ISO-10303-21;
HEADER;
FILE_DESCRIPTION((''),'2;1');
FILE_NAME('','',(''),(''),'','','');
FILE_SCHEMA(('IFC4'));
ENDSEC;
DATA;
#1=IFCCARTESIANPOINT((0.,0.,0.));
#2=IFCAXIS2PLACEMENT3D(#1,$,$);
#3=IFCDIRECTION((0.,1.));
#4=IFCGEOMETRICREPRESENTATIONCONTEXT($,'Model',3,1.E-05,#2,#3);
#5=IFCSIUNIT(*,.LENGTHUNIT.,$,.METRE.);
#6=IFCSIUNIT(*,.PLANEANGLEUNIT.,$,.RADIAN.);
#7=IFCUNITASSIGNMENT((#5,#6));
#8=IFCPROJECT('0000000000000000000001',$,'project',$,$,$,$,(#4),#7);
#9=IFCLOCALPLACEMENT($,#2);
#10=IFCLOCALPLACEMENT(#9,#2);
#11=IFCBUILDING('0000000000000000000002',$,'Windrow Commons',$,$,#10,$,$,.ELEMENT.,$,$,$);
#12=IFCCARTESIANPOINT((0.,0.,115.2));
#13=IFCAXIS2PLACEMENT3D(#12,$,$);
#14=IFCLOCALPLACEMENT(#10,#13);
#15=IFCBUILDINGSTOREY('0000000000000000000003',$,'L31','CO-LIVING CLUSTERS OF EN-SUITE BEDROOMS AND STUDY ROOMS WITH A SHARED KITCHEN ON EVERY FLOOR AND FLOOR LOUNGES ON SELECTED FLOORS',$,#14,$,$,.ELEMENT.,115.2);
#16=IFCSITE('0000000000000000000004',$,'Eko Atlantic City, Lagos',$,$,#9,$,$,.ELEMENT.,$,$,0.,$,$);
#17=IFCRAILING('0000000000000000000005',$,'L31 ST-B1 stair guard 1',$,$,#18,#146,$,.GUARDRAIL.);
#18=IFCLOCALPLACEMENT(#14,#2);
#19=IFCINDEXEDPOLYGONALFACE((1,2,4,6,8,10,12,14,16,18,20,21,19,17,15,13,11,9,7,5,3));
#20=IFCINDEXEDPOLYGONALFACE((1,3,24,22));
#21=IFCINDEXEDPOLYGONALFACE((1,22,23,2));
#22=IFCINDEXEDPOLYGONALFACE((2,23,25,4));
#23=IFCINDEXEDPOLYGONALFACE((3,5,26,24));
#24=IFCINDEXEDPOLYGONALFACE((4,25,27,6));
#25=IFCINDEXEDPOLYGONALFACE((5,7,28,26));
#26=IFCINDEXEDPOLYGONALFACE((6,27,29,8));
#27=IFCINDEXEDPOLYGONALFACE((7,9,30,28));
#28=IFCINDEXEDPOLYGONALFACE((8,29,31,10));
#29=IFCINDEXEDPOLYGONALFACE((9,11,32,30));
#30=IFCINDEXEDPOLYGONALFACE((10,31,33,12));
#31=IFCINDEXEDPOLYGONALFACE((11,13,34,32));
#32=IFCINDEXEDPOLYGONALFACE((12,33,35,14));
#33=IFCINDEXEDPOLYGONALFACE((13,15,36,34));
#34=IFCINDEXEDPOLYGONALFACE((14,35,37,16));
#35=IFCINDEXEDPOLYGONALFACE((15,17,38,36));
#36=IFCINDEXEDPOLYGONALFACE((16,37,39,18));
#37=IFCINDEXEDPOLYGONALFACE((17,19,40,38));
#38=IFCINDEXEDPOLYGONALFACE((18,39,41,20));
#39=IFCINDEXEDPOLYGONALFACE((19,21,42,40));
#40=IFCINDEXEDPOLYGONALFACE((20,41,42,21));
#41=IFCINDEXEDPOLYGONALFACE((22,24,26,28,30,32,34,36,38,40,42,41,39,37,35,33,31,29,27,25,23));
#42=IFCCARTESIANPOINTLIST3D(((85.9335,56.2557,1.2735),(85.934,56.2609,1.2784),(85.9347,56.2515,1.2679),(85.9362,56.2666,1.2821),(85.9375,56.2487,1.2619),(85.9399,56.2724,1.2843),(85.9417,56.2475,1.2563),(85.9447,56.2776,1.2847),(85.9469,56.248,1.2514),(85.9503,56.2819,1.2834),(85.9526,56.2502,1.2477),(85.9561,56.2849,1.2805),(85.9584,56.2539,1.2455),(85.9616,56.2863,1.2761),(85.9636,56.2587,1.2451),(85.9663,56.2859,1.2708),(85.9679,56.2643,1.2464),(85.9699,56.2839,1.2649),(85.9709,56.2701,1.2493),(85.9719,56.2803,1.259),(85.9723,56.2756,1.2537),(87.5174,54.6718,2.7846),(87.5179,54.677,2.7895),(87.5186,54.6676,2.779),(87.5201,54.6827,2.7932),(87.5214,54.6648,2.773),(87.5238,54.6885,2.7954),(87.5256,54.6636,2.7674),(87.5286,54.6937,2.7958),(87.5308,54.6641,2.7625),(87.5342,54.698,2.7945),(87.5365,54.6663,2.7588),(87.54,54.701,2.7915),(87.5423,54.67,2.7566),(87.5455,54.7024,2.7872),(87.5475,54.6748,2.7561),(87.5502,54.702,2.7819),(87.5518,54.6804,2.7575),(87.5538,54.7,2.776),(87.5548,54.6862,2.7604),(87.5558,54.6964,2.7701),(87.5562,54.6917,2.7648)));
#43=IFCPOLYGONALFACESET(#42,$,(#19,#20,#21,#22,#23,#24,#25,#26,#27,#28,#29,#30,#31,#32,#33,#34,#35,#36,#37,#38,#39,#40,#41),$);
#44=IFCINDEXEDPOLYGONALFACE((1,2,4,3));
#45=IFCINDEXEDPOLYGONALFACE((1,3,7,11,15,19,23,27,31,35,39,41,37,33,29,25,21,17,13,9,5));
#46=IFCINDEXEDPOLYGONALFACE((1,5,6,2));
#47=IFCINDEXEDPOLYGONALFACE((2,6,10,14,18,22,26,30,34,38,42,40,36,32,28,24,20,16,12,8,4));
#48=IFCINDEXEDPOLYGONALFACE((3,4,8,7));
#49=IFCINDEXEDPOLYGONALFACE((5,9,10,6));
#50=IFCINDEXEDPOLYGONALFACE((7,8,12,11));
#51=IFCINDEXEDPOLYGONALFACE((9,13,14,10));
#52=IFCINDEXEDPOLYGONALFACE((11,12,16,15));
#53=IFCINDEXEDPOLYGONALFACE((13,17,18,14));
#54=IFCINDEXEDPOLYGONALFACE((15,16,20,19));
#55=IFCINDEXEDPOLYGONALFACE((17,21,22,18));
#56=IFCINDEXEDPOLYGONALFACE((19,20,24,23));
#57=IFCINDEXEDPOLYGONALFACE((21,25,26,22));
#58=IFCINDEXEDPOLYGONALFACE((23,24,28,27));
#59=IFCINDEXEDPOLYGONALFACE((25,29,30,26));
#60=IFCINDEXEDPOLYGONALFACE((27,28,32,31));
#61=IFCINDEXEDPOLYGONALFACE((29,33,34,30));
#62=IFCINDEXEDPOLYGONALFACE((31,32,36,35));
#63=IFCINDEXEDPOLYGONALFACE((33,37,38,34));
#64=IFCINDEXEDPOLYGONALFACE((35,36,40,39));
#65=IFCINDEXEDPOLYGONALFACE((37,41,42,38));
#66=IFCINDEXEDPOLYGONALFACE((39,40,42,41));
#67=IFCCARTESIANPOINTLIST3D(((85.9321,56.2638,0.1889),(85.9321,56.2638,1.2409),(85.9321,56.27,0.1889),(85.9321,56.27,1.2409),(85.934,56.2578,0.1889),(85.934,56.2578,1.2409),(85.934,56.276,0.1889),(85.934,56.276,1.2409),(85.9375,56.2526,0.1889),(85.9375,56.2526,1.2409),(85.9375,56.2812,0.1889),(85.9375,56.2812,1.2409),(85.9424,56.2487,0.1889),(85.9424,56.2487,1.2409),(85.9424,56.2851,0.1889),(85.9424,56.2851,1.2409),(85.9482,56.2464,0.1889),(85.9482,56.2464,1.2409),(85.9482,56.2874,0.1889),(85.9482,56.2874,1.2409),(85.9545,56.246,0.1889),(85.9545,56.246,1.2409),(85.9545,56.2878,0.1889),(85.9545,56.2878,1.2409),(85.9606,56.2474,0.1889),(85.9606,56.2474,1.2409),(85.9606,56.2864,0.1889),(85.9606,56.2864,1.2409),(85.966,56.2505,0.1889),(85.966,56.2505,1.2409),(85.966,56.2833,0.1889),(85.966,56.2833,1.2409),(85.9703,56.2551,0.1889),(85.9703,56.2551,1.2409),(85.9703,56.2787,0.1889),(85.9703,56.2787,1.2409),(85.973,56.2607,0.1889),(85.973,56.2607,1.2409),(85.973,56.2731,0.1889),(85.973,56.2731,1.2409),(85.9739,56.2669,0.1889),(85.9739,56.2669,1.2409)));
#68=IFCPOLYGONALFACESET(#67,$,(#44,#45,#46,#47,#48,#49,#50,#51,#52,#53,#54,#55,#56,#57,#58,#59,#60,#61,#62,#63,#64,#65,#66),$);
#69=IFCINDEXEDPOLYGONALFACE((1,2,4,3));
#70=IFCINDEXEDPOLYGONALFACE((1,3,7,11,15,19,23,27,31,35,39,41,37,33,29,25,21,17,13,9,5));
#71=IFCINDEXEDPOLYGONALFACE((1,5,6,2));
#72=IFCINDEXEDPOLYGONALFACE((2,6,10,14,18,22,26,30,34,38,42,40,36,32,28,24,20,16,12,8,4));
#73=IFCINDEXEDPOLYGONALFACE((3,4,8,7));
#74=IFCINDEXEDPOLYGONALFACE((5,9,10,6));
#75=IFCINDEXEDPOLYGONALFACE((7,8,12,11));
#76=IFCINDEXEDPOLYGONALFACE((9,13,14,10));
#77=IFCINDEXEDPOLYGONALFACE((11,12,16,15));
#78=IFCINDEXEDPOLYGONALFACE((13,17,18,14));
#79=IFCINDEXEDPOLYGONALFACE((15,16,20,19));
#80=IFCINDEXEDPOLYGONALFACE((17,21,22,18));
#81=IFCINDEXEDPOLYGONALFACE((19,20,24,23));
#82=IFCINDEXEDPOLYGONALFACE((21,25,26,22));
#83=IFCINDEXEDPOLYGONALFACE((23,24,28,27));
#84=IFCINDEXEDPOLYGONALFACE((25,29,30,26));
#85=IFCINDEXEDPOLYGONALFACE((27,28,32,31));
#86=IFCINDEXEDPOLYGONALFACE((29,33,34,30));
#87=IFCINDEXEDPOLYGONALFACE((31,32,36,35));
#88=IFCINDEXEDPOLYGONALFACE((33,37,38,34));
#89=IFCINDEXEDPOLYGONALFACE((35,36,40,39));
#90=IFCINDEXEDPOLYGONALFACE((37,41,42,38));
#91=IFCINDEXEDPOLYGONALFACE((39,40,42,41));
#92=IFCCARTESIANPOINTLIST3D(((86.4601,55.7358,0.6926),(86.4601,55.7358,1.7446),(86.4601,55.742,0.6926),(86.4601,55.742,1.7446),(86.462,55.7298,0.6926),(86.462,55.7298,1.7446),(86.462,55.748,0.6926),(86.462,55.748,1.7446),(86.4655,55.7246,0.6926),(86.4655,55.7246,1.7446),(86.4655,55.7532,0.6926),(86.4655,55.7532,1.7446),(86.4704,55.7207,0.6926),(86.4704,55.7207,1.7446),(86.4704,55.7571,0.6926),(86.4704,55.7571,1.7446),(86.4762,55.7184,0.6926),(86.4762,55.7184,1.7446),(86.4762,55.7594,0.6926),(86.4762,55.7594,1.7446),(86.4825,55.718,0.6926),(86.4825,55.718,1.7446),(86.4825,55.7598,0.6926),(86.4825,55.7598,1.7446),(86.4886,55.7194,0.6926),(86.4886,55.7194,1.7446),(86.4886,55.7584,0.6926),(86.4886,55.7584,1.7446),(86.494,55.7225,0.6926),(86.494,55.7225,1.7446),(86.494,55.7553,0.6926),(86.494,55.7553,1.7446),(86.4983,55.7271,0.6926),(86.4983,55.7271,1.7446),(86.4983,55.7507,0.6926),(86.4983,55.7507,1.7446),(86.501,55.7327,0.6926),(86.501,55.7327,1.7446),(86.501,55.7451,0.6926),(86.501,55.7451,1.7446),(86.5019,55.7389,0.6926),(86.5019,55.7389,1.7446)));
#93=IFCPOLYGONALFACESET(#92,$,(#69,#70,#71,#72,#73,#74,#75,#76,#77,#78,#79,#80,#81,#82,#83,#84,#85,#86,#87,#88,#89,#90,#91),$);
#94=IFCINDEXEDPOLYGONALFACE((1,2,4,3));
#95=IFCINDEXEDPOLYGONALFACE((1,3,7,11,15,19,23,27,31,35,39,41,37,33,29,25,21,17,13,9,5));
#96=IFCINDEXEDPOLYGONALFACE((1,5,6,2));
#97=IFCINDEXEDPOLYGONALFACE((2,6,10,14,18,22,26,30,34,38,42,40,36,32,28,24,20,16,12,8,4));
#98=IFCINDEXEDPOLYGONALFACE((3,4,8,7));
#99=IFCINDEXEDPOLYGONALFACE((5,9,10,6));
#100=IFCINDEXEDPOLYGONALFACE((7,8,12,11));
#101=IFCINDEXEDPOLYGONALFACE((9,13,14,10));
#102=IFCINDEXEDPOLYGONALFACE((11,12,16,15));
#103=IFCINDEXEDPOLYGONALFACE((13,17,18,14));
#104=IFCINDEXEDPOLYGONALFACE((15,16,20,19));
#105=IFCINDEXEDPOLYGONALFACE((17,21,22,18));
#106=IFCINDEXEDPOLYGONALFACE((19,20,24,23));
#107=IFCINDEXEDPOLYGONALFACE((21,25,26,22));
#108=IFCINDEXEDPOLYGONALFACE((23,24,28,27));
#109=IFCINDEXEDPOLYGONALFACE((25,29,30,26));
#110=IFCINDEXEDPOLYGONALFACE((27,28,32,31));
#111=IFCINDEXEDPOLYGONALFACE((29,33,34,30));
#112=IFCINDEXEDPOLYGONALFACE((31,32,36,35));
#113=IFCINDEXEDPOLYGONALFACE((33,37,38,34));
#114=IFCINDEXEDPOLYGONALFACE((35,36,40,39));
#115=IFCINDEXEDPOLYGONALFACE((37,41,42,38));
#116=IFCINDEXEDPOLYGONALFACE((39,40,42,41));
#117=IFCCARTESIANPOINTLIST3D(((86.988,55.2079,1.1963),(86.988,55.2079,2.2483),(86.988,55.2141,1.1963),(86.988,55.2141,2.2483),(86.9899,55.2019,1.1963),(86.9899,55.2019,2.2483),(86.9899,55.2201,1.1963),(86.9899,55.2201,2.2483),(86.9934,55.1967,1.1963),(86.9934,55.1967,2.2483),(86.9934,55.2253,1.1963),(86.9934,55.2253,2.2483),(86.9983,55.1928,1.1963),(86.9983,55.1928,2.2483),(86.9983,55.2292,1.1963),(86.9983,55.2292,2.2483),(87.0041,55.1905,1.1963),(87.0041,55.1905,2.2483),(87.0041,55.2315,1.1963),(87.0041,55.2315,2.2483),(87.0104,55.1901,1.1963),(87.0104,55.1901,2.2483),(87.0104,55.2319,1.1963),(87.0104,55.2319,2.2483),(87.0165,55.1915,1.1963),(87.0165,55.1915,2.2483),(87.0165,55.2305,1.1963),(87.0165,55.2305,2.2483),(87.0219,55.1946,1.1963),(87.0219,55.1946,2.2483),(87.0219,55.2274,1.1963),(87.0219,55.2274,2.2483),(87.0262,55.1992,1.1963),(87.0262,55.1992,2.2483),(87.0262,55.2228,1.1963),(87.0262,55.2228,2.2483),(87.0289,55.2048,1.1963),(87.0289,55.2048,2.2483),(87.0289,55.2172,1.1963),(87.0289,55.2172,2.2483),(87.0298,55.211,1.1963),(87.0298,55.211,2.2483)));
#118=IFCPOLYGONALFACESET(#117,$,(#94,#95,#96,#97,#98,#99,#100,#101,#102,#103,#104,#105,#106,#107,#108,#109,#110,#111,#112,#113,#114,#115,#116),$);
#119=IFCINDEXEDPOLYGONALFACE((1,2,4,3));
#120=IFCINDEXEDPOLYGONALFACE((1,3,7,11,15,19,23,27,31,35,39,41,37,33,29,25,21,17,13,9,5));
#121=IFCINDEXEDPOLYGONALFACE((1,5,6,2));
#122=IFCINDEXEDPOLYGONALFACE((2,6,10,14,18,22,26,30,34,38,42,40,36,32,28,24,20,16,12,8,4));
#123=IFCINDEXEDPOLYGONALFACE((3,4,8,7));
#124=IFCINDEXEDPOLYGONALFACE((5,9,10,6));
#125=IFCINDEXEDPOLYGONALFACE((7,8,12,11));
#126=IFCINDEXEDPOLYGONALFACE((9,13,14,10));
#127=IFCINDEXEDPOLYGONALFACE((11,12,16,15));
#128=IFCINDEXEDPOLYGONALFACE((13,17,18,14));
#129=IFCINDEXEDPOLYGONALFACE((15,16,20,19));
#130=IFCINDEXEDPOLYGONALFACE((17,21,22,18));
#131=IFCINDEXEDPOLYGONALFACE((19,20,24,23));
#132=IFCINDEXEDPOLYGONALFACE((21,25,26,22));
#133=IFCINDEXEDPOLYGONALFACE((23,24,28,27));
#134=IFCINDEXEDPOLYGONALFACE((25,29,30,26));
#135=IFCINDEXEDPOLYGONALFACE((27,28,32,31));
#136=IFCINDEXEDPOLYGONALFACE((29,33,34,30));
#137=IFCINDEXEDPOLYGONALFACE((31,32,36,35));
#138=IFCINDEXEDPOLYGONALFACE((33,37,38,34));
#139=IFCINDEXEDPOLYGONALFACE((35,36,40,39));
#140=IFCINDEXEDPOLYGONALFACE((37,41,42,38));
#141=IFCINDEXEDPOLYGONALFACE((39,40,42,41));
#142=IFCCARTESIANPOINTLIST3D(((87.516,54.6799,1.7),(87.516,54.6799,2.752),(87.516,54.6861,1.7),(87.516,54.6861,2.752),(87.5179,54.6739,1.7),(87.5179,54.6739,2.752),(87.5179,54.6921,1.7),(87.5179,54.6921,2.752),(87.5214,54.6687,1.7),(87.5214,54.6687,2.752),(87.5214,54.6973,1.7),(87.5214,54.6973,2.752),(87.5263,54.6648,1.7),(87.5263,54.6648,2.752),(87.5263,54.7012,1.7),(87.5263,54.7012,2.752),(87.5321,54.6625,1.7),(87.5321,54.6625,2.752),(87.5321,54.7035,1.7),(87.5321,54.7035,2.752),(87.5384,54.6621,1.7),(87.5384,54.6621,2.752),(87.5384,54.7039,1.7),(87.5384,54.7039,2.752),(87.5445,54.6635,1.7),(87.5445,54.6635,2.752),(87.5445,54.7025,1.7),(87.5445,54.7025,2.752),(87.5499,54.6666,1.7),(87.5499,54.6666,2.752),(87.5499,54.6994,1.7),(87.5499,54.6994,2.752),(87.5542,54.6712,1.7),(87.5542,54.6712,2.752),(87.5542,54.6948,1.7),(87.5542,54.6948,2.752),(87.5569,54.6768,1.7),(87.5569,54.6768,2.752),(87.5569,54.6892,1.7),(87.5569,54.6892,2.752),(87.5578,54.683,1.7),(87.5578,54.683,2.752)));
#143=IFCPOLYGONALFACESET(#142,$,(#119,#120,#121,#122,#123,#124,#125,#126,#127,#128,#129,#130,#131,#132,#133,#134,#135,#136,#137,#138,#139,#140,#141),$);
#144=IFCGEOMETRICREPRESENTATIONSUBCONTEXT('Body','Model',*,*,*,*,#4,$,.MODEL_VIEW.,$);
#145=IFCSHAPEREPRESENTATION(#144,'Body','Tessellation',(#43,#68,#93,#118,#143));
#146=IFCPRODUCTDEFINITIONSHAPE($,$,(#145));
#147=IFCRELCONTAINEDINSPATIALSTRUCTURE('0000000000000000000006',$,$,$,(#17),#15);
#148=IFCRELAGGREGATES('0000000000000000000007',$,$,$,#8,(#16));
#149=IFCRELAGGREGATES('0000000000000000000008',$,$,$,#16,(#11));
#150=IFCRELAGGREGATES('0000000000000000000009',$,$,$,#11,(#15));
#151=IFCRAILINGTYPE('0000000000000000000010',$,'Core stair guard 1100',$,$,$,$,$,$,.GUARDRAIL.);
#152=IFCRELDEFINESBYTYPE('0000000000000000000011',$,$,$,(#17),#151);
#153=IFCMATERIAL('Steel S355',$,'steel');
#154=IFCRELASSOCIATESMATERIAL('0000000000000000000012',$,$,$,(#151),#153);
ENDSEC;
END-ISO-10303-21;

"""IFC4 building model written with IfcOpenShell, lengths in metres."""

from ifc_helpers import new_model, si_unit, direction, frame, origin, origin_2d, place, context, subcontext, project, spatial, circle, extrude, material, type_object, element, save


model = new_model("IFC4")

# Units and contexts
model_context = context("Model", 3, precision=1e-05, world=origin(), true_north=direction((0.0, 1.0)))
body_context = subcontext(model_context, "Body", "Model", "MODEL_VIEW")
ifc_project = project(units=[si_unit("LENGTHUNIT", "METRE"), si_unit("PLANEANGLEUNIT", "RADIAN")], contexts=[model_context])

# Site, building, storey
site_placement = place(None, origin())
site = spatial("IfcSite", under=ifc_project, at=site_placement, Name="Eko Atlantic City, Lagos", CompositionType="ELEMENT", RefElevation=0.0)
building_placement = place(site_placement, origin())
building = spatial("IfcBuilding", under=site, at=building_placement, Name="Windrow Commons", CompositionType="ELEMENT")
storey_placement = place(building_placement, frame((0.0, 0.0, 115.2)))
storey = spatial("IfcBuildingStorey", under=building, at=storey_placement, Name="L31", Description="CO-LIVING CLUSTERS OF EN-SUITE BEDROOMS AND STUDY ROOMS WITH A SHARED KITCHEN ON EVERY FLOOR AND FLOOR LOUNGES ON SELECTED FLOORS", CompositionType="ELEMENT", Elevation=115.2)

# Railing
ifc_material_1 = material(Name="Steel S355", Category="steel")
railing_type_1 = type_object("IfcRailingType", Name="Core stair guard 1100", PredefinedType="GUARDRAIL", material=ifc_material_1)
railing_1_placement = place(storey_placement, frame((85.9529, 56.2669, 0.1889)))
element("IfcRailing", 1, at=railing_1_placement, inside=storey, type_object=railing_type_1, Name="L31 ST-B1 stair guard 1", PredefinedType="GUARDRAIL", context=body_context, shape_type="SweptSolid", body=[
    extrude(circle(Radius=0.024, at=origin_2d()), frame((0.0, 0.0, 1.076), z_axis=(0.586191, -0.586191, 0.559249), x_axis=(0.707107, 0.707107, 0.0)), (0.0, 0.0, 1.0), 2.702),
    extrude(circle(Radius=0.021, at=origin_2d()), origin(), (0.0, 0.0, 1.0), 1.052),
    extrude(circle(Radius=0.021, at=origin_2d()), frame((0.528, -0.528, 0.5037)), (0.0, 0.0, 1.0), 1.052),
    extrude(circle(Radius=0.021, at=origin_2d()), frame((1.0559, -1.0559, 1.0074)), (0.0, 0.0, 1.0), 1.052),
    extrude(circle(Radius=0.021, at=origin_2d()), frame((1.5839, -1.5839, 1.5111)), (0.0, 0.0, 1.0), 1.052),
])

save(model, "model.ifc")
